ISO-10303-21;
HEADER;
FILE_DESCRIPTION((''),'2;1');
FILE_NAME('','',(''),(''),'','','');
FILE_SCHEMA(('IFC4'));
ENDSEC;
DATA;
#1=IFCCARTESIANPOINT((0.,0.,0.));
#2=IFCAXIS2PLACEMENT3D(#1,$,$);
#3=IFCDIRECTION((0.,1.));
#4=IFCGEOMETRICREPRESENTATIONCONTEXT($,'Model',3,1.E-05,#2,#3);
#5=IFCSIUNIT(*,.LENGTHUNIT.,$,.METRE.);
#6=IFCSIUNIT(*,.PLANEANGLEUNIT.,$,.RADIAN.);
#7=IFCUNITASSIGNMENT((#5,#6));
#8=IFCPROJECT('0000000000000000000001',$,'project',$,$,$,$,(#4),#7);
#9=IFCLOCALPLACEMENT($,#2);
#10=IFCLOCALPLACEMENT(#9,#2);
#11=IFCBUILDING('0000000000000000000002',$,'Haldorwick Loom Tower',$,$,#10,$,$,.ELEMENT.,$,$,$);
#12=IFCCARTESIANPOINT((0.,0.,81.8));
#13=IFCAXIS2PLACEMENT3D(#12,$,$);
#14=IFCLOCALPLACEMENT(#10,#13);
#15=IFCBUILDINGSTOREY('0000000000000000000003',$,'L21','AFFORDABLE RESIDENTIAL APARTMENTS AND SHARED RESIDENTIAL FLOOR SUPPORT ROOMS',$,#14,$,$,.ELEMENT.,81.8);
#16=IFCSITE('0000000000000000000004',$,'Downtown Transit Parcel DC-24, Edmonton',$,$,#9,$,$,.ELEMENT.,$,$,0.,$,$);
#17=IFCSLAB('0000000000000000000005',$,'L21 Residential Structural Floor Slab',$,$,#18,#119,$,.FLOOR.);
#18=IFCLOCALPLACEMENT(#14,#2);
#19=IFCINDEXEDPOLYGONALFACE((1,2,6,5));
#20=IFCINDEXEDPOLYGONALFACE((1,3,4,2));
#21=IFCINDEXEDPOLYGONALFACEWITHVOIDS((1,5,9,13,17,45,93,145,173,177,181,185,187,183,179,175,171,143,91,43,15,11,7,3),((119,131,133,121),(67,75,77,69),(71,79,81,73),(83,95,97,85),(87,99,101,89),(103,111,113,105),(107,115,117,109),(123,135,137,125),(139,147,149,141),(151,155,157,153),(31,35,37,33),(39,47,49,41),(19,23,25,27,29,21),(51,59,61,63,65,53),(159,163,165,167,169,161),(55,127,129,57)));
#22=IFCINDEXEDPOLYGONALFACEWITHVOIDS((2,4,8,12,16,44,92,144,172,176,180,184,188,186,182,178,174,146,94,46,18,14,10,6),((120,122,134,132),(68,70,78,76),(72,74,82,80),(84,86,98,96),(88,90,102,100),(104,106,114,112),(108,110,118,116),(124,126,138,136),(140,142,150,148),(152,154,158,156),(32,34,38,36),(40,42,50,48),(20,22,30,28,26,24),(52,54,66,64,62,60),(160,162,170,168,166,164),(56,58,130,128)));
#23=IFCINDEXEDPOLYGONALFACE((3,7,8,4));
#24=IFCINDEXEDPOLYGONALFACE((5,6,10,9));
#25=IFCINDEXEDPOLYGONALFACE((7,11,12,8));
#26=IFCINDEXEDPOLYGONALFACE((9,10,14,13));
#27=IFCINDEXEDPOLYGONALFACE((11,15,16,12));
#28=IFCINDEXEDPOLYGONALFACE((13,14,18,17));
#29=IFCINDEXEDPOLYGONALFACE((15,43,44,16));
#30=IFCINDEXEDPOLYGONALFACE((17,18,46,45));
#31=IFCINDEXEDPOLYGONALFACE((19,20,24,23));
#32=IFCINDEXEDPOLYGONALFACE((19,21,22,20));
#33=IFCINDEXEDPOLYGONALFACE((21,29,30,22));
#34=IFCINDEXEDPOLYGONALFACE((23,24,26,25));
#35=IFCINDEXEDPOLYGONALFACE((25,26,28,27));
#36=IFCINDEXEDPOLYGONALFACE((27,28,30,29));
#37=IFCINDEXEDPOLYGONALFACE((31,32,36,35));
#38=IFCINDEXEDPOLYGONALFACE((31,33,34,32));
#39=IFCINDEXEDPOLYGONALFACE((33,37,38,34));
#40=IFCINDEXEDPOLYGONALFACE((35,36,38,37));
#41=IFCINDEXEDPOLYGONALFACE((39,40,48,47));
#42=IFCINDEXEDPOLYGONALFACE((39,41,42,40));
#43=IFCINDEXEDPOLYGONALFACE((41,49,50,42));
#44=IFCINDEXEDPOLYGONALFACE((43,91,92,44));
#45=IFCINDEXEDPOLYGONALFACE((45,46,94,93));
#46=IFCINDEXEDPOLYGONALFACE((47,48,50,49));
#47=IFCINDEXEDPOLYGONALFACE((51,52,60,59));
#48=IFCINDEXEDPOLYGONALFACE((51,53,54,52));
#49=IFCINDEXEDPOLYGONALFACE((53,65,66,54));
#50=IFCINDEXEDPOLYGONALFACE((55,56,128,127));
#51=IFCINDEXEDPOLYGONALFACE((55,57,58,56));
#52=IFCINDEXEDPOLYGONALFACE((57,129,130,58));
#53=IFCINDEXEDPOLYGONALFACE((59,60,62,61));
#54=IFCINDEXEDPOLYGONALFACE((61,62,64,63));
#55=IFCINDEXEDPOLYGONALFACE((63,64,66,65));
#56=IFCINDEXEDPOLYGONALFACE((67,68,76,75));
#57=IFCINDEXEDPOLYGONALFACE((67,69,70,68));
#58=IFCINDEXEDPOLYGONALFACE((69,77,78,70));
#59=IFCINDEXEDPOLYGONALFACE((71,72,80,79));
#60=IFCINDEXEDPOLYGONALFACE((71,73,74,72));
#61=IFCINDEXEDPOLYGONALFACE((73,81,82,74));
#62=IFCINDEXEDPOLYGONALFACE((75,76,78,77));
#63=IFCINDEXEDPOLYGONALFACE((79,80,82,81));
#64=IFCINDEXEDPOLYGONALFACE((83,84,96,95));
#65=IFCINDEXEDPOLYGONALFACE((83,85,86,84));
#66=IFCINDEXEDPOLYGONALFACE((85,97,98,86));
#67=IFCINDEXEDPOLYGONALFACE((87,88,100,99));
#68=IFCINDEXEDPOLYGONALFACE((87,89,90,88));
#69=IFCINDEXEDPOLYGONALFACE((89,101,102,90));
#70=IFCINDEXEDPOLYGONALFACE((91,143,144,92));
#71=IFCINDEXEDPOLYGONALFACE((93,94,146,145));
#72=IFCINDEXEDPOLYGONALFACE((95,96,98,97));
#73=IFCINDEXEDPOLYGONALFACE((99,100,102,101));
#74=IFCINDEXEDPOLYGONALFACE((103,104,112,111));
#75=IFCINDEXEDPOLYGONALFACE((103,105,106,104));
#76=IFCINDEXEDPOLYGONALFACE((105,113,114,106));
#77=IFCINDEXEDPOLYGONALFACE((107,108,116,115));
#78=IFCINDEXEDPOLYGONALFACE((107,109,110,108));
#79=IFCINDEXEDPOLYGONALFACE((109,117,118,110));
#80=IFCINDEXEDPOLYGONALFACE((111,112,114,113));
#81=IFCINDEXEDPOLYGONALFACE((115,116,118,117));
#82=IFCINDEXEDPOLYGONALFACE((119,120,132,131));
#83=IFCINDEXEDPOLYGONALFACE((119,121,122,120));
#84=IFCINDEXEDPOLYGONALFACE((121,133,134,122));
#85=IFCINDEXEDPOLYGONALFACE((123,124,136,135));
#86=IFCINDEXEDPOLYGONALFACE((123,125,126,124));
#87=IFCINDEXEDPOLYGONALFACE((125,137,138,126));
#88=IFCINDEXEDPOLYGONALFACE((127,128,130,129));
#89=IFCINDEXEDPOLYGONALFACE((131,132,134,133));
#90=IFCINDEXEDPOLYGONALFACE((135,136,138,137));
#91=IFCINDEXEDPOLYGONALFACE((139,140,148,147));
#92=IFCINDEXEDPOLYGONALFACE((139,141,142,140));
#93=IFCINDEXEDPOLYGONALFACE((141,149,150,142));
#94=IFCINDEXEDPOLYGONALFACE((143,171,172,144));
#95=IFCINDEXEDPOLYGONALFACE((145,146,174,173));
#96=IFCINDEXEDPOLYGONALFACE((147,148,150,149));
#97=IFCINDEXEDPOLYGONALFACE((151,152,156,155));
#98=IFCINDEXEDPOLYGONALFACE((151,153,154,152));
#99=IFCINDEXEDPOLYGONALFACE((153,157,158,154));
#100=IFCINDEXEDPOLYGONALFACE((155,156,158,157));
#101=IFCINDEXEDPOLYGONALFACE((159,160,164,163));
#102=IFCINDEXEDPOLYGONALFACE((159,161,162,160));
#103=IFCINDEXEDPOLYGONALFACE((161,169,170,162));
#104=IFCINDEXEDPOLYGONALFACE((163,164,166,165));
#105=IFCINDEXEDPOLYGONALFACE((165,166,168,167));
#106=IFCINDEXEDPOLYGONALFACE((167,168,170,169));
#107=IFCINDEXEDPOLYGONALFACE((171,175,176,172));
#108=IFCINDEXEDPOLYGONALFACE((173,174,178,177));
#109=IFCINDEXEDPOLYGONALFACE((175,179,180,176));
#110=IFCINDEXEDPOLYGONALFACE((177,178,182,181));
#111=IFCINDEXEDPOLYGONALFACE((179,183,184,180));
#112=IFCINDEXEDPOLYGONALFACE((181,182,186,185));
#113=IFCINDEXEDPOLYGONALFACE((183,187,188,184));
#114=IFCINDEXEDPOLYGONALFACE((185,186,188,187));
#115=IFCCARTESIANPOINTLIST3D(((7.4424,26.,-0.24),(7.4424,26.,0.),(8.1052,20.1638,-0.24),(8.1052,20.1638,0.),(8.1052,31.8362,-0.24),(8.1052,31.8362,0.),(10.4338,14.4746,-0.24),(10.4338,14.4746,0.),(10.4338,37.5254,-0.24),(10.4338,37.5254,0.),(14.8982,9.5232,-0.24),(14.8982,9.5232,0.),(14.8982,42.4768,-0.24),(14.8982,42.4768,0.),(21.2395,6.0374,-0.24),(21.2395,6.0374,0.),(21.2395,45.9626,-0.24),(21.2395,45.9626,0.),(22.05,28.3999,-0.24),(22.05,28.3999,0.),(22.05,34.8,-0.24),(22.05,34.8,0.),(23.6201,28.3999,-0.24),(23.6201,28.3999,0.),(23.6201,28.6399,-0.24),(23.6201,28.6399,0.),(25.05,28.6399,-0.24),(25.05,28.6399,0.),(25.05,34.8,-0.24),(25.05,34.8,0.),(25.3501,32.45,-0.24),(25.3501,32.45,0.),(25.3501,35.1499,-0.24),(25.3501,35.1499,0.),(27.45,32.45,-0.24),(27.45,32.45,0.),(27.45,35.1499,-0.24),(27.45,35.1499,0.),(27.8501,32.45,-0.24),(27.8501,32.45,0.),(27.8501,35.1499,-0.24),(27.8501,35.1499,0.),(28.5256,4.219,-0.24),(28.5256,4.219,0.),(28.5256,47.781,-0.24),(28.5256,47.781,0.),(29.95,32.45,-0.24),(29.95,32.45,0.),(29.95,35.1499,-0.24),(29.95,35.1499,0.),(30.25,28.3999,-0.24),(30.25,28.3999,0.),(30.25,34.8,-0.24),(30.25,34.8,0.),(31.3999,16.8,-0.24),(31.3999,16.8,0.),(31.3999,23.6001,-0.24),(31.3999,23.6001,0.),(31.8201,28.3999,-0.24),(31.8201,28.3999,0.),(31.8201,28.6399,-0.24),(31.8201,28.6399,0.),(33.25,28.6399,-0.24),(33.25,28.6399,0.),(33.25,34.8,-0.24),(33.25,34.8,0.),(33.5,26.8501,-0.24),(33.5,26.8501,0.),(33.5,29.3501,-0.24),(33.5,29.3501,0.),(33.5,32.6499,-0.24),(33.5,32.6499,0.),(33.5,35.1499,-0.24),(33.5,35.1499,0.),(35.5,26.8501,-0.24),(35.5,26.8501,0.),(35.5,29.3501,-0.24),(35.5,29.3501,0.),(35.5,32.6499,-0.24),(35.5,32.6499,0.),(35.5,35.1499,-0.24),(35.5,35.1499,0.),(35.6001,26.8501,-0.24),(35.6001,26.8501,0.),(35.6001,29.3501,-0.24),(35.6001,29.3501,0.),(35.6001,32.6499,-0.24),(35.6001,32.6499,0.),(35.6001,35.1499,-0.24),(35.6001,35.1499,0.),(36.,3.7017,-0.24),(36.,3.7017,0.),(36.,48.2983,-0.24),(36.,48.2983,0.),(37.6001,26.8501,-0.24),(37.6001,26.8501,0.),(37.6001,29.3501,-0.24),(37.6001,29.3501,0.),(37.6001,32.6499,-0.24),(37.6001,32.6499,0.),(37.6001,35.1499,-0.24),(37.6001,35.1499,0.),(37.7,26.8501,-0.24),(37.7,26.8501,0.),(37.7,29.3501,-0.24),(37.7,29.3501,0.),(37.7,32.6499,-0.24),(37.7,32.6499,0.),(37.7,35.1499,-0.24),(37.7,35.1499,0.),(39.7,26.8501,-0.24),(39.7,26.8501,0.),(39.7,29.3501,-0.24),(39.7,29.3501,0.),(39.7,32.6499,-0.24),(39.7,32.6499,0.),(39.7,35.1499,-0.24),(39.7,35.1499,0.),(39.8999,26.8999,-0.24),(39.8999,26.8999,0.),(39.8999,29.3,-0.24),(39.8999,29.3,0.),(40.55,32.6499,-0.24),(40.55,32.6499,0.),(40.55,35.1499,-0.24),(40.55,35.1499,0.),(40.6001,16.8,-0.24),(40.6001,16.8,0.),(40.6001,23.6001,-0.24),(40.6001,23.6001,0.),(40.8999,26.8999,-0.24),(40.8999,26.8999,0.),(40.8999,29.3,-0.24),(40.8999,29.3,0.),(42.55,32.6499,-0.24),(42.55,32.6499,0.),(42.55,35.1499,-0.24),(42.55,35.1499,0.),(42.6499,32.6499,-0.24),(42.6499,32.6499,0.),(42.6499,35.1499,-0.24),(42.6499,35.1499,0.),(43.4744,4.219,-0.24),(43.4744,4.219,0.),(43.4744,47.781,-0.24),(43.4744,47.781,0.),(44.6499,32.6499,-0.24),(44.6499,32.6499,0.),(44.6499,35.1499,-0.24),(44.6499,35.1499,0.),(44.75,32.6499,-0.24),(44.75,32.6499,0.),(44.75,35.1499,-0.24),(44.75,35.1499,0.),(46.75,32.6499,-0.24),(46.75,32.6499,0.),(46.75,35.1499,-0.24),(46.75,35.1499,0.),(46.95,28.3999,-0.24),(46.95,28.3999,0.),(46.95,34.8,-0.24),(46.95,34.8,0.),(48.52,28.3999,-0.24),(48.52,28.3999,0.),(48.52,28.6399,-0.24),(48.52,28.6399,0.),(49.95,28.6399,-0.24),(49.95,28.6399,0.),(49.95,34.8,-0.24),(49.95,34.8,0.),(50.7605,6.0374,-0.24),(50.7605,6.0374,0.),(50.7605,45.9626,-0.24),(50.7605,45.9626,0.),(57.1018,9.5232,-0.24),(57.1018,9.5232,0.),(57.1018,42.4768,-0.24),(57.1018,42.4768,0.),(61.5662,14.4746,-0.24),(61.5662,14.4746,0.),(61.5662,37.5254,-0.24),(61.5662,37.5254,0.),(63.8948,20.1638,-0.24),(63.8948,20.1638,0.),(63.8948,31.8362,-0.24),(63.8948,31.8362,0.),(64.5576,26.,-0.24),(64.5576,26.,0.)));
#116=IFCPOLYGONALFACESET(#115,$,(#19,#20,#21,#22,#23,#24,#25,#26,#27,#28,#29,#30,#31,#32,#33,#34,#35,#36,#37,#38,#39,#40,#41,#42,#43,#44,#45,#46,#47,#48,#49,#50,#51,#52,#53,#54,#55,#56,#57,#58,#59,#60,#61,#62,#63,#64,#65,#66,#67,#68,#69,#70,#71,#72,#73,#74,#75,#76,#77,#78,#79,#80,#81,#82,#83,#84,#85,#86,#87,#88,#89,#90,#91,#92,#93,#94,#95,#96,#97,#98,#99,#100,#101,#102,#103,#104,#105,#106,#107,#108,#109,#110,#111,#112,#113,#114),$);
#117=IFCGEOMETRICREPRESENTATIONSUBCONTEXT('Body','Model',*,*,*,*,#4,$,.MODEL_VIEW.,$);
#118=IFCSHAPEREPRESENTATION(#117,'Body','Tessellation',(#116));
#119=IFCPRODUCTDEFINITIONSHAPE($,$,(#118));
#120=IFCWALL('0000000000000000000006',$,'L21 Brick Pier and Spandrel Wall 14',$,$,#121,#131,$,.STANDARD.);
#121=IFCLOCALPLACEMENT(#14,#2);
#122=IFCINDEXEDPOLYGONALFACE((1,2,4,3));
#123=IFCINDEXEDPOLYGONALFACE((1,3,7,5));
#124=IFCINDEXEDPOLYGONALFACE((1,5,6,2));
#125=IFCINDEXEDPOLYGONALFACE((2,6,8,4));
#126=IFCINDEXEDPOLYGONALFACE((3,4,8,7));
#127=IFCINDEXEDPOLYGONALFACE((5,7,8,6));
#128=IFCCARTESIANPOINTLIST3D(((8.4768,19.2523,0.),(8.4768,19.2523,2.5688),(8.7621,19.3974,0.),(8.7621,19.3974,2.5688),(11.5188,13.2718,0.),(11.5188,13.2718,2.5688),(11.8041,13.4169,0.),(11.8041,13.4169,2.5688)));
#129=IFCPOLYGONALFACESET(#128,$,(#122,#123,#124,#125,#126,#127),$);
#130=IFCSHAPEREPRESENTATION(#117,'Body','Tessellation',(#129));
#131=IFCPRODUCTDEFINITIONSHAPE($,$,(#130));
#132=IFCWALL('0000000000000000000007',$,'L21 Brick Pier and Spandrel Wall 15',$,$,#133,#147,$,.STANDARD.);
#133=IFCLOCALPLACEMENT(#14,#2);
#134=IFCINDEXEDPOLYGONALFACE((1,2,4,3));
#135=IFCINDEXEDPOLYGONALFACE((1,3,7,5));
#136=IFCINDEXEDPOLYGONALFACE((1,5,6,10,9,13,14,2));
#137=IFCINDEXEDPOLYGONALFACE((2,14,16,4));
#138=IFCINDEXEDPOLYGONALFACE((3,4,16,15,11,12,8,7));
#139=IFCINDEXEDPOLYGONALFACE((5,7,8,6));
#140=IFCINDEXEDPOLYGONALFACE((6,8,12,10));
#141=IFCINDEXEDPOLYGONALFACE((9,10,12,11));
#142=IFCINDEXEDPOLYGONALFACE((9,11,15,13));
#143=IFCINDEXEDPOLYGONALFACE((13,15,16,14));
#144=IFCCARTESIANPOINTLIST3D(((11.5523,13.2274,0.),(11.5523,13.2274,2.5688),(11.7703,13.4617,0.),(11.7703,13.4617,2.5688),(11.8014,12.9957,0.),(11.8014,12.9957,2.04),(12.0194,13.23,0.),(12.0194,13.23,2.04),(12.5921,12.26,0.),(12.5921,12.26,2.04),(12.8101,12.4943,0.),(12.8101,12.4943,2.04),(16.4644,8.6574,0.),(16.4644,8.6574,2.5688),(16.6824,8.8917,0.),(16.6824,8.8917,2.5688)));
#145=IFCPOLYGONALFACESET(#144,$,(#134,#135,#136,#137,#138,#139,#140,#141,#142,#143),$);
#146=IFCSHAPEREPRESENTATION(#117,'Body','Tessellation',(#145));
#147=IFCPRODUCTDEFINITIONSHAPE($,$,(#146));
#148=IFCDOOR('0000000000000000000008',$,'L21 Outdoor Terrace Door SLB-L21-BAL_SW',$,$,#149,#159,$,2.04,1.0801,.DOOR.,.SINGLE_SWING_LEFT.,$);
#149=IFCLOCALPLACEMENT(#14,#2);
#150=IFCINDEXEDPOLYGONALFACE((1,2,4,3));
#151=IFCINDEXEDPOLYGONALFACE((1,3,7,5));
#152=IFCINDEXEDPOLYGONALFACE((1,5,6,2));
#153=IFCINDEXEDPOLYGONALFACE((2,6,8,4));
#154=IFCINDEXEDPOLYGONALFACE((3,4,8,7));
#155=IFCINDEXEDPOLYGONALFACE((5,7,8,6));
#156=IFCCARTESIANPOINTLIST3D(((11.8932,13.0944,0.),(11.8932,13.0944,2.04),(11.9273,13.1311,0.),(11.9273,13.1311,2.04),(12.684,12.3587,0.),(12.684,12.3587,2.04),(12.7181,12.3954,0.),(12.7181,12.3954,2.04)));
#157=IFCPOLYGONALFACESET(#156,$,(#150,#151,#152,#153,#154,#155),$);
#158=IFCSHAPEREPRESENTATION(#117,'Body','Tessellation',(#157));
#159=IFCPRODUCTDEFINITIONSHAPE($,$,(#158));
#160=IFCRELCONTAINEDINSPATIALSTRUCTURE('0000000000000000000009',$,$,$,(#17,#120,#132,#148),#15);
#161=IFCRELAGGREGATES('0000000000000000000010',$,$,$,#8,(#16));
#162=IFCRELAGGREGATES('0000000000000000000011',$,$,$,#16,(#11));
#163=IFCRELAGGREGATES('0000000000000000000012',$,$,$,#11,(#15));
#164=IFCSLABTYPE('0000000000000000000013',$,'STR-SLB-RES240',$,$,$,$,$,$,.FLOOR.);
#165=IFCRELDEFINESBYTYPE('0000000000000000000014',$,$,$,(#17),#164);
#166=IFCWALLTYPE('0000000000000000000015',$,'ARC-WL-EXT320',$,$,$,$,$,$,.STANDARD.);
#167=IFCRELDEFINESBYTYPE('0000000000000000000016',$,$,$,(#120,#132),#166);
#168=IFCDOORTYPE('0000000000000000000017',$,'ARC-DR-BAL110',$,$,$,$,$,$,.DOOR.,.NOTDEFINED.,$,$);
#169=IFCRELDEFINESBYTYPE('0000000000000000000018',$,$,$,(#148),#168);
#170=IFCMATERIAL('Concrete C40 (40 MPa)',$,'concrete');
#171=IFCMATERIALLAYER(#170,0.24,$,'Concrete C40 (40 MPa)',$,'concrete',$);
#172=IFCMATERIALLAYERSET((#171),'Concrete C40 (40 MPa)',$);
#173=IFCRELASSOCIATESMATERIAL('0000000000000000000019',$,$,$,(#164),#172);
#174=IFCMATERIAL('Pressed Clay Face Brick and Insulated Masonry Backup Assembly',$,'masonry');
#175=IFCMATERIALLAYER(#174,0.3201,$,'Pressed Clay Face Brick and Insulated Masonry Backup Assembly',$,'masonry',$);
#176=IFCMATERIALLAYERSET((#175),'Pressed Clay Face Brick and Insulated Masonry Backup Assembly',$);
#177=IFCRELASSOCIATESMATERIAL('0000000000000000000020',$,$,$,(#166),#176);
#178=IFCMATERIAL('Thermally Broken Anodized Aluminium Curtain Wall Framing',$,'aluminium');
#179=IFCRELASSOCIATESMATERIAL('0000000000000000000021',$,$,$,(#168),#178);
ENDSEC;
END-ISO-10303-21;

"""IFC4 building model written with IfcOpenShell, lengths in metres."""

from ifc_helpers import new_model, si_unit, direction, frame, frame_2d, origin, place, context, subcontext, project, spatial, polyline, rectangle, outline, extrude, material, layer, layer_set, type_object, element, fill, save


model = new_model("IFC4")

# Units and contexts
model_context = context("Model", 3, precision=1e-05, world=origin(), true_north=direction((0.0, 1.0)))
body_context = subcontext(model_context, "Body", "Model", "MODEL_VIEW")
ifc_project = project(units=[si_unit("LENGTHUNIT", "METRE"), si_unit("PLANEANGLEUNIT", "RADIAN")], contexts=[model_context])

# Site, building, storey
site_placement = place(None, origin())
site = spatial("IfcSite", under=ifc_project, at=site_placement, Name="Downtown Transit Parcel DC-24, Edmonton", CompositionType="ELEMENT", RefElevation=0.0)
building_placement = place(site_placement, origin())
building = spatial("IfcBuilding", under=site, at=building_placement, Name="Haldorwick Loom Tower", CompositionType="ELEMENT")
storey_placement = place(building_placement, frame((0.0, 0.0, 81.8)))
storey = spatial("IfcBuildingStorey", under=building, at=storey_placement, Name="L21", Description="AFFORDABLE RESIDENTIAL APARTMENTS AND SHARED RESIDENTIAL FLOOR SUPPORT ROOMS", CompositionType="ELEMENT", Elevation=81.8)

# Shared definitions
ifc_material_1 = material(Name="Concrete C40 (40 MPa)", Category="concrete")

# Slab
ifc_layer_1 = layer(ifc_material_1, 0.24, Name="Concrete C40 (40 MPa)", Category="concrete")
ifc_layer_set_1 = layer_set([ifc_layer_1], Name="Concrete C40 (40 MPa)")
slab_type_1 = type_object("IfcSlabType", Name="STR-SLB-RES240", PredefinedType="FLOOR", material=ifc_layer_set_1)
slab_1_placement = place(storey_placement, frame((0.0, 0.0, -0.24)))
element("IfcSlab", 1, at=slab_1_placement, inside=storey, type_object=slab_type_1, Name="L21 Residential Structural Floor Slab", PredefinedType="FLOOR", context=body_context, shape_type="SweptSolid", body=[
    extrude(outline(polyline([(57.1018, 9.5232), (61.5662, 14.4746), (63.8948, 20.1638), (64.5576, 26.0), (63.8948, 31.8362), (61.5662, 37.5254), (57.1018, 42.4768), (50.7605, 45.9626), (43.4744, 47.781), (36.0, 48.2983), (28.5256, 47.781), (21.2395, 45.9626), (14.8982, 42.4768), (10.4338, 37.5254), (8.1052, 31.8362), (7.4424, 26.0), (8.1052, 20.1638), (10.4338, 14.4746), (14.8982, 9.5232), (21.2395, 6.0374), (28.5256, 4.219), (36.0, 3.7017), (43.4744, 4.219), (50.7605, 6.0374), (57.1018, 9.5232)]), holes=[polyline([(31.3999, 23.6001), (40.6001, 23.6001), (40.6001, 16.8), (31.3999, 16.8), (31.3999, 23.6001)]), polyline([(33.5, 26.8501), (33.5, 29.3501), (35.5, 29.3501), (35.5, 26.8501), (33.5, 26.8501)]), polyline([(22.05, 28.3999), (22.05, 34.8), (25.05, 34.8), (25.05, 28.6399), (23.6201, 28.6399), (23.6201, 28.3999), (22.05, 28.3999)]), polyline([(30.25, 28.3999), (30.25, 34.8), (33.25, 34.8), (33.25, 28.6399), (31.8201, 28.6399), (31.8201, 28.3999), (30.25, 28.3999)]), polyline([(25.3501, 32.45), (25.3501, 35.1499), (27.45, 35.1499), (27.45, 32.45), (25.3501, 32.45)]), polyline([(27.8501, 32.45), (27.8501, 35.1499), (29.95, 35.1499), (29.95, 32.45), (27.8501, 32.45)]), polyline([(33.5, 32.6499), (33.5, 35.1499), (35.5, 35.1499), (35.5, 32.6499), (33.5, 32.6499)]), polyline([(35.6001, 32.6499), (35.6001, 35.1499), (37.6001, 35.1499), (37.6001, 32.6499), (35.6001, 32.6499)]), polyline([(35.6001, 26.8501), (35.6001, 29.3501), (37.6001, 29.3501), (37.6001, 26.8501), (35.6001, 26.8501)]), polyline([(37.7, 26.8501), (37.7, 29.3501), (39.7, 29.3501), (39.7, 26.8501), (37.7, 26.8501)]), polyline([(39.8999, 26.8999), (39.8999, 29.3), (40.8999, 29.3), (40.8999, 26.8999), (39.8999, 26.8999)]), polyline([(46.95, 28.3999), (46.95, 34.8), (49.95, 34.8), (49.95, 28.6399), (48.52, 28.6399), (48.52, 28.3999), (46.95, 28.3999)]), polyline([(37.7, 32.6499), (37.7, 35.1499), (39.7, 35.1499), (39.7, 32.6499), (37.7, 32.6499)]), polyline([(40.55, 32.6499), (40.55, 35.1499), (42.55, 35.1499), (42.55, 32.6499), (40.55, 32.6499)]), polyline([(42.6499, 32.6499), (42.6499, 35.1499), (44.6499, 35.1499), (44.6499, 32.6499), (42.6499, 32.6499)]), polyline([(44.75, 32.6499), (44.75, 35.1499), (46.75, 35.1499), (46.75, 32.6499), (44.75, 32.6499)])]), origin(), (0.0, 0.0, 1.0), 0.24),
])

# Wall
ifc_material_2 = material(Name="Pressed Clay Face Brick and Insulated Masonry Backup Assembly", Category="masonry")
ifc_layer_2 = layer(ifc_material_2, 0.3201, Name="Pressed Clay Face Brick and Insulated Masonry Backup Assembly", Category="masonry")
ifc_layer_set_2 = layer_set([ifc_layer_2], Name="Pressed Clay Face Brick and Insulated Masonry Backup Assembly")
wall_type_1 = type_object("IfcWallType", Name="ARC-WL-EXT320", PredefinedType="STANDARD", material=ifc_layer_set_2)
wall_1_placement = place(storey_placement, frame((8.6194, 19.325, 0.0), z_axis=(0.0, 0.0, 1.0), x_axis=(0.453374, -0.89132, 0.0)))
element("IfcWall", 2, at=wall_1_placement, inside=storey, type_object=wall_type_1, Name="L21 Brick Pier and Spandrel Wall 14", PredefinedType="STANDARD", context=body_context, shape_type="SweptSolid", body=[
    extrude(rectangle(XDim=6.7097, YDim=0.3201, at=frame_2d((3.355, 0.0))), origin(), (0.0, 0.0, 1.0), 2.5688),
])

# Wall, opening, door
wall_2_placement = place(storey_placement, frame((11.6614, 13.3445, 0.0), z_axis=(0.0, 0.0, 1.0), x_axis=(0.732137, -0.681157, 0.0)))
wall_2 = element("IfcWall", 3, at=wall_2_placement, inside=storey, type_object=wall_type_1, Name="L21 Brick Pier and Spandrel Wall 15", PredefinedType="STANDARD", context=body_context, shape_type="SweptSolid", body=[
    extrude(rectangle(XDim=6.7092, YDim=0.3201, at=frame_2d((3.3545, 0.0))), origin(), (0.0, 0.0, 1.0), 2.5688),
])
opening_1_placement = place(wall_2_placement, frame((0.3401, 0.0, 0.0)))
opening_1 = element("IfcOpeningElement", 4, at=opening_1_placement, cuts=wall_2, PredefinedType="OPENING", context=body_context, shape_type="SweptSolid", body=[
    extrude(rectangle(XDim=1.0801, YDim=2.04, at=frame_2d((0.54, 1.02))), frame((0.0, 0.1699, 0.0), z_axis=(0.0, -1.0, 0.0), x_axis=(1.0, 0.0, 0.0)), (0.0, 0.0, 1.0), 0.3401),
])
ifc_material_3 = material(Name="Thermally Broken Anodized Aluminium Curtain Wall Framing", Category="aluminium")
door_type = type_object("IfcDoorType", Name="ARC-DR-BAL110", OperationType="NOTDEFINED", PredefinedType="DOOR", material=ifc_material_3)
door_placement = place(opening_1_placement, origin())
door = element("IfcDoor", 5, at=door_placement, inside=storey, type_object=door_type, Name="L21 Outdoor Terrace Door SLB-L21-BAL_SW", OperationType="SINGLE_SWING_LEFT", OverallHeight=2.04, OverallWidth=1.0801, PredefinedType="DOOR", context=body_context, shape_type="SweptSolid", body=[
    extrude(rectangle(XDim=1.0801, YDim=2.04, at=frame_2d((0.54, 1.02))), frame((0.0, 0.0249, 0.0), z_axis=(0.0, -1.0, 0.0), x_axis=(1.0, 0.0, 0.0)), (0.0, 0.0, 1.0), 0.05),
])
fill(opening_1, door)

save(model, "model.ifc")
